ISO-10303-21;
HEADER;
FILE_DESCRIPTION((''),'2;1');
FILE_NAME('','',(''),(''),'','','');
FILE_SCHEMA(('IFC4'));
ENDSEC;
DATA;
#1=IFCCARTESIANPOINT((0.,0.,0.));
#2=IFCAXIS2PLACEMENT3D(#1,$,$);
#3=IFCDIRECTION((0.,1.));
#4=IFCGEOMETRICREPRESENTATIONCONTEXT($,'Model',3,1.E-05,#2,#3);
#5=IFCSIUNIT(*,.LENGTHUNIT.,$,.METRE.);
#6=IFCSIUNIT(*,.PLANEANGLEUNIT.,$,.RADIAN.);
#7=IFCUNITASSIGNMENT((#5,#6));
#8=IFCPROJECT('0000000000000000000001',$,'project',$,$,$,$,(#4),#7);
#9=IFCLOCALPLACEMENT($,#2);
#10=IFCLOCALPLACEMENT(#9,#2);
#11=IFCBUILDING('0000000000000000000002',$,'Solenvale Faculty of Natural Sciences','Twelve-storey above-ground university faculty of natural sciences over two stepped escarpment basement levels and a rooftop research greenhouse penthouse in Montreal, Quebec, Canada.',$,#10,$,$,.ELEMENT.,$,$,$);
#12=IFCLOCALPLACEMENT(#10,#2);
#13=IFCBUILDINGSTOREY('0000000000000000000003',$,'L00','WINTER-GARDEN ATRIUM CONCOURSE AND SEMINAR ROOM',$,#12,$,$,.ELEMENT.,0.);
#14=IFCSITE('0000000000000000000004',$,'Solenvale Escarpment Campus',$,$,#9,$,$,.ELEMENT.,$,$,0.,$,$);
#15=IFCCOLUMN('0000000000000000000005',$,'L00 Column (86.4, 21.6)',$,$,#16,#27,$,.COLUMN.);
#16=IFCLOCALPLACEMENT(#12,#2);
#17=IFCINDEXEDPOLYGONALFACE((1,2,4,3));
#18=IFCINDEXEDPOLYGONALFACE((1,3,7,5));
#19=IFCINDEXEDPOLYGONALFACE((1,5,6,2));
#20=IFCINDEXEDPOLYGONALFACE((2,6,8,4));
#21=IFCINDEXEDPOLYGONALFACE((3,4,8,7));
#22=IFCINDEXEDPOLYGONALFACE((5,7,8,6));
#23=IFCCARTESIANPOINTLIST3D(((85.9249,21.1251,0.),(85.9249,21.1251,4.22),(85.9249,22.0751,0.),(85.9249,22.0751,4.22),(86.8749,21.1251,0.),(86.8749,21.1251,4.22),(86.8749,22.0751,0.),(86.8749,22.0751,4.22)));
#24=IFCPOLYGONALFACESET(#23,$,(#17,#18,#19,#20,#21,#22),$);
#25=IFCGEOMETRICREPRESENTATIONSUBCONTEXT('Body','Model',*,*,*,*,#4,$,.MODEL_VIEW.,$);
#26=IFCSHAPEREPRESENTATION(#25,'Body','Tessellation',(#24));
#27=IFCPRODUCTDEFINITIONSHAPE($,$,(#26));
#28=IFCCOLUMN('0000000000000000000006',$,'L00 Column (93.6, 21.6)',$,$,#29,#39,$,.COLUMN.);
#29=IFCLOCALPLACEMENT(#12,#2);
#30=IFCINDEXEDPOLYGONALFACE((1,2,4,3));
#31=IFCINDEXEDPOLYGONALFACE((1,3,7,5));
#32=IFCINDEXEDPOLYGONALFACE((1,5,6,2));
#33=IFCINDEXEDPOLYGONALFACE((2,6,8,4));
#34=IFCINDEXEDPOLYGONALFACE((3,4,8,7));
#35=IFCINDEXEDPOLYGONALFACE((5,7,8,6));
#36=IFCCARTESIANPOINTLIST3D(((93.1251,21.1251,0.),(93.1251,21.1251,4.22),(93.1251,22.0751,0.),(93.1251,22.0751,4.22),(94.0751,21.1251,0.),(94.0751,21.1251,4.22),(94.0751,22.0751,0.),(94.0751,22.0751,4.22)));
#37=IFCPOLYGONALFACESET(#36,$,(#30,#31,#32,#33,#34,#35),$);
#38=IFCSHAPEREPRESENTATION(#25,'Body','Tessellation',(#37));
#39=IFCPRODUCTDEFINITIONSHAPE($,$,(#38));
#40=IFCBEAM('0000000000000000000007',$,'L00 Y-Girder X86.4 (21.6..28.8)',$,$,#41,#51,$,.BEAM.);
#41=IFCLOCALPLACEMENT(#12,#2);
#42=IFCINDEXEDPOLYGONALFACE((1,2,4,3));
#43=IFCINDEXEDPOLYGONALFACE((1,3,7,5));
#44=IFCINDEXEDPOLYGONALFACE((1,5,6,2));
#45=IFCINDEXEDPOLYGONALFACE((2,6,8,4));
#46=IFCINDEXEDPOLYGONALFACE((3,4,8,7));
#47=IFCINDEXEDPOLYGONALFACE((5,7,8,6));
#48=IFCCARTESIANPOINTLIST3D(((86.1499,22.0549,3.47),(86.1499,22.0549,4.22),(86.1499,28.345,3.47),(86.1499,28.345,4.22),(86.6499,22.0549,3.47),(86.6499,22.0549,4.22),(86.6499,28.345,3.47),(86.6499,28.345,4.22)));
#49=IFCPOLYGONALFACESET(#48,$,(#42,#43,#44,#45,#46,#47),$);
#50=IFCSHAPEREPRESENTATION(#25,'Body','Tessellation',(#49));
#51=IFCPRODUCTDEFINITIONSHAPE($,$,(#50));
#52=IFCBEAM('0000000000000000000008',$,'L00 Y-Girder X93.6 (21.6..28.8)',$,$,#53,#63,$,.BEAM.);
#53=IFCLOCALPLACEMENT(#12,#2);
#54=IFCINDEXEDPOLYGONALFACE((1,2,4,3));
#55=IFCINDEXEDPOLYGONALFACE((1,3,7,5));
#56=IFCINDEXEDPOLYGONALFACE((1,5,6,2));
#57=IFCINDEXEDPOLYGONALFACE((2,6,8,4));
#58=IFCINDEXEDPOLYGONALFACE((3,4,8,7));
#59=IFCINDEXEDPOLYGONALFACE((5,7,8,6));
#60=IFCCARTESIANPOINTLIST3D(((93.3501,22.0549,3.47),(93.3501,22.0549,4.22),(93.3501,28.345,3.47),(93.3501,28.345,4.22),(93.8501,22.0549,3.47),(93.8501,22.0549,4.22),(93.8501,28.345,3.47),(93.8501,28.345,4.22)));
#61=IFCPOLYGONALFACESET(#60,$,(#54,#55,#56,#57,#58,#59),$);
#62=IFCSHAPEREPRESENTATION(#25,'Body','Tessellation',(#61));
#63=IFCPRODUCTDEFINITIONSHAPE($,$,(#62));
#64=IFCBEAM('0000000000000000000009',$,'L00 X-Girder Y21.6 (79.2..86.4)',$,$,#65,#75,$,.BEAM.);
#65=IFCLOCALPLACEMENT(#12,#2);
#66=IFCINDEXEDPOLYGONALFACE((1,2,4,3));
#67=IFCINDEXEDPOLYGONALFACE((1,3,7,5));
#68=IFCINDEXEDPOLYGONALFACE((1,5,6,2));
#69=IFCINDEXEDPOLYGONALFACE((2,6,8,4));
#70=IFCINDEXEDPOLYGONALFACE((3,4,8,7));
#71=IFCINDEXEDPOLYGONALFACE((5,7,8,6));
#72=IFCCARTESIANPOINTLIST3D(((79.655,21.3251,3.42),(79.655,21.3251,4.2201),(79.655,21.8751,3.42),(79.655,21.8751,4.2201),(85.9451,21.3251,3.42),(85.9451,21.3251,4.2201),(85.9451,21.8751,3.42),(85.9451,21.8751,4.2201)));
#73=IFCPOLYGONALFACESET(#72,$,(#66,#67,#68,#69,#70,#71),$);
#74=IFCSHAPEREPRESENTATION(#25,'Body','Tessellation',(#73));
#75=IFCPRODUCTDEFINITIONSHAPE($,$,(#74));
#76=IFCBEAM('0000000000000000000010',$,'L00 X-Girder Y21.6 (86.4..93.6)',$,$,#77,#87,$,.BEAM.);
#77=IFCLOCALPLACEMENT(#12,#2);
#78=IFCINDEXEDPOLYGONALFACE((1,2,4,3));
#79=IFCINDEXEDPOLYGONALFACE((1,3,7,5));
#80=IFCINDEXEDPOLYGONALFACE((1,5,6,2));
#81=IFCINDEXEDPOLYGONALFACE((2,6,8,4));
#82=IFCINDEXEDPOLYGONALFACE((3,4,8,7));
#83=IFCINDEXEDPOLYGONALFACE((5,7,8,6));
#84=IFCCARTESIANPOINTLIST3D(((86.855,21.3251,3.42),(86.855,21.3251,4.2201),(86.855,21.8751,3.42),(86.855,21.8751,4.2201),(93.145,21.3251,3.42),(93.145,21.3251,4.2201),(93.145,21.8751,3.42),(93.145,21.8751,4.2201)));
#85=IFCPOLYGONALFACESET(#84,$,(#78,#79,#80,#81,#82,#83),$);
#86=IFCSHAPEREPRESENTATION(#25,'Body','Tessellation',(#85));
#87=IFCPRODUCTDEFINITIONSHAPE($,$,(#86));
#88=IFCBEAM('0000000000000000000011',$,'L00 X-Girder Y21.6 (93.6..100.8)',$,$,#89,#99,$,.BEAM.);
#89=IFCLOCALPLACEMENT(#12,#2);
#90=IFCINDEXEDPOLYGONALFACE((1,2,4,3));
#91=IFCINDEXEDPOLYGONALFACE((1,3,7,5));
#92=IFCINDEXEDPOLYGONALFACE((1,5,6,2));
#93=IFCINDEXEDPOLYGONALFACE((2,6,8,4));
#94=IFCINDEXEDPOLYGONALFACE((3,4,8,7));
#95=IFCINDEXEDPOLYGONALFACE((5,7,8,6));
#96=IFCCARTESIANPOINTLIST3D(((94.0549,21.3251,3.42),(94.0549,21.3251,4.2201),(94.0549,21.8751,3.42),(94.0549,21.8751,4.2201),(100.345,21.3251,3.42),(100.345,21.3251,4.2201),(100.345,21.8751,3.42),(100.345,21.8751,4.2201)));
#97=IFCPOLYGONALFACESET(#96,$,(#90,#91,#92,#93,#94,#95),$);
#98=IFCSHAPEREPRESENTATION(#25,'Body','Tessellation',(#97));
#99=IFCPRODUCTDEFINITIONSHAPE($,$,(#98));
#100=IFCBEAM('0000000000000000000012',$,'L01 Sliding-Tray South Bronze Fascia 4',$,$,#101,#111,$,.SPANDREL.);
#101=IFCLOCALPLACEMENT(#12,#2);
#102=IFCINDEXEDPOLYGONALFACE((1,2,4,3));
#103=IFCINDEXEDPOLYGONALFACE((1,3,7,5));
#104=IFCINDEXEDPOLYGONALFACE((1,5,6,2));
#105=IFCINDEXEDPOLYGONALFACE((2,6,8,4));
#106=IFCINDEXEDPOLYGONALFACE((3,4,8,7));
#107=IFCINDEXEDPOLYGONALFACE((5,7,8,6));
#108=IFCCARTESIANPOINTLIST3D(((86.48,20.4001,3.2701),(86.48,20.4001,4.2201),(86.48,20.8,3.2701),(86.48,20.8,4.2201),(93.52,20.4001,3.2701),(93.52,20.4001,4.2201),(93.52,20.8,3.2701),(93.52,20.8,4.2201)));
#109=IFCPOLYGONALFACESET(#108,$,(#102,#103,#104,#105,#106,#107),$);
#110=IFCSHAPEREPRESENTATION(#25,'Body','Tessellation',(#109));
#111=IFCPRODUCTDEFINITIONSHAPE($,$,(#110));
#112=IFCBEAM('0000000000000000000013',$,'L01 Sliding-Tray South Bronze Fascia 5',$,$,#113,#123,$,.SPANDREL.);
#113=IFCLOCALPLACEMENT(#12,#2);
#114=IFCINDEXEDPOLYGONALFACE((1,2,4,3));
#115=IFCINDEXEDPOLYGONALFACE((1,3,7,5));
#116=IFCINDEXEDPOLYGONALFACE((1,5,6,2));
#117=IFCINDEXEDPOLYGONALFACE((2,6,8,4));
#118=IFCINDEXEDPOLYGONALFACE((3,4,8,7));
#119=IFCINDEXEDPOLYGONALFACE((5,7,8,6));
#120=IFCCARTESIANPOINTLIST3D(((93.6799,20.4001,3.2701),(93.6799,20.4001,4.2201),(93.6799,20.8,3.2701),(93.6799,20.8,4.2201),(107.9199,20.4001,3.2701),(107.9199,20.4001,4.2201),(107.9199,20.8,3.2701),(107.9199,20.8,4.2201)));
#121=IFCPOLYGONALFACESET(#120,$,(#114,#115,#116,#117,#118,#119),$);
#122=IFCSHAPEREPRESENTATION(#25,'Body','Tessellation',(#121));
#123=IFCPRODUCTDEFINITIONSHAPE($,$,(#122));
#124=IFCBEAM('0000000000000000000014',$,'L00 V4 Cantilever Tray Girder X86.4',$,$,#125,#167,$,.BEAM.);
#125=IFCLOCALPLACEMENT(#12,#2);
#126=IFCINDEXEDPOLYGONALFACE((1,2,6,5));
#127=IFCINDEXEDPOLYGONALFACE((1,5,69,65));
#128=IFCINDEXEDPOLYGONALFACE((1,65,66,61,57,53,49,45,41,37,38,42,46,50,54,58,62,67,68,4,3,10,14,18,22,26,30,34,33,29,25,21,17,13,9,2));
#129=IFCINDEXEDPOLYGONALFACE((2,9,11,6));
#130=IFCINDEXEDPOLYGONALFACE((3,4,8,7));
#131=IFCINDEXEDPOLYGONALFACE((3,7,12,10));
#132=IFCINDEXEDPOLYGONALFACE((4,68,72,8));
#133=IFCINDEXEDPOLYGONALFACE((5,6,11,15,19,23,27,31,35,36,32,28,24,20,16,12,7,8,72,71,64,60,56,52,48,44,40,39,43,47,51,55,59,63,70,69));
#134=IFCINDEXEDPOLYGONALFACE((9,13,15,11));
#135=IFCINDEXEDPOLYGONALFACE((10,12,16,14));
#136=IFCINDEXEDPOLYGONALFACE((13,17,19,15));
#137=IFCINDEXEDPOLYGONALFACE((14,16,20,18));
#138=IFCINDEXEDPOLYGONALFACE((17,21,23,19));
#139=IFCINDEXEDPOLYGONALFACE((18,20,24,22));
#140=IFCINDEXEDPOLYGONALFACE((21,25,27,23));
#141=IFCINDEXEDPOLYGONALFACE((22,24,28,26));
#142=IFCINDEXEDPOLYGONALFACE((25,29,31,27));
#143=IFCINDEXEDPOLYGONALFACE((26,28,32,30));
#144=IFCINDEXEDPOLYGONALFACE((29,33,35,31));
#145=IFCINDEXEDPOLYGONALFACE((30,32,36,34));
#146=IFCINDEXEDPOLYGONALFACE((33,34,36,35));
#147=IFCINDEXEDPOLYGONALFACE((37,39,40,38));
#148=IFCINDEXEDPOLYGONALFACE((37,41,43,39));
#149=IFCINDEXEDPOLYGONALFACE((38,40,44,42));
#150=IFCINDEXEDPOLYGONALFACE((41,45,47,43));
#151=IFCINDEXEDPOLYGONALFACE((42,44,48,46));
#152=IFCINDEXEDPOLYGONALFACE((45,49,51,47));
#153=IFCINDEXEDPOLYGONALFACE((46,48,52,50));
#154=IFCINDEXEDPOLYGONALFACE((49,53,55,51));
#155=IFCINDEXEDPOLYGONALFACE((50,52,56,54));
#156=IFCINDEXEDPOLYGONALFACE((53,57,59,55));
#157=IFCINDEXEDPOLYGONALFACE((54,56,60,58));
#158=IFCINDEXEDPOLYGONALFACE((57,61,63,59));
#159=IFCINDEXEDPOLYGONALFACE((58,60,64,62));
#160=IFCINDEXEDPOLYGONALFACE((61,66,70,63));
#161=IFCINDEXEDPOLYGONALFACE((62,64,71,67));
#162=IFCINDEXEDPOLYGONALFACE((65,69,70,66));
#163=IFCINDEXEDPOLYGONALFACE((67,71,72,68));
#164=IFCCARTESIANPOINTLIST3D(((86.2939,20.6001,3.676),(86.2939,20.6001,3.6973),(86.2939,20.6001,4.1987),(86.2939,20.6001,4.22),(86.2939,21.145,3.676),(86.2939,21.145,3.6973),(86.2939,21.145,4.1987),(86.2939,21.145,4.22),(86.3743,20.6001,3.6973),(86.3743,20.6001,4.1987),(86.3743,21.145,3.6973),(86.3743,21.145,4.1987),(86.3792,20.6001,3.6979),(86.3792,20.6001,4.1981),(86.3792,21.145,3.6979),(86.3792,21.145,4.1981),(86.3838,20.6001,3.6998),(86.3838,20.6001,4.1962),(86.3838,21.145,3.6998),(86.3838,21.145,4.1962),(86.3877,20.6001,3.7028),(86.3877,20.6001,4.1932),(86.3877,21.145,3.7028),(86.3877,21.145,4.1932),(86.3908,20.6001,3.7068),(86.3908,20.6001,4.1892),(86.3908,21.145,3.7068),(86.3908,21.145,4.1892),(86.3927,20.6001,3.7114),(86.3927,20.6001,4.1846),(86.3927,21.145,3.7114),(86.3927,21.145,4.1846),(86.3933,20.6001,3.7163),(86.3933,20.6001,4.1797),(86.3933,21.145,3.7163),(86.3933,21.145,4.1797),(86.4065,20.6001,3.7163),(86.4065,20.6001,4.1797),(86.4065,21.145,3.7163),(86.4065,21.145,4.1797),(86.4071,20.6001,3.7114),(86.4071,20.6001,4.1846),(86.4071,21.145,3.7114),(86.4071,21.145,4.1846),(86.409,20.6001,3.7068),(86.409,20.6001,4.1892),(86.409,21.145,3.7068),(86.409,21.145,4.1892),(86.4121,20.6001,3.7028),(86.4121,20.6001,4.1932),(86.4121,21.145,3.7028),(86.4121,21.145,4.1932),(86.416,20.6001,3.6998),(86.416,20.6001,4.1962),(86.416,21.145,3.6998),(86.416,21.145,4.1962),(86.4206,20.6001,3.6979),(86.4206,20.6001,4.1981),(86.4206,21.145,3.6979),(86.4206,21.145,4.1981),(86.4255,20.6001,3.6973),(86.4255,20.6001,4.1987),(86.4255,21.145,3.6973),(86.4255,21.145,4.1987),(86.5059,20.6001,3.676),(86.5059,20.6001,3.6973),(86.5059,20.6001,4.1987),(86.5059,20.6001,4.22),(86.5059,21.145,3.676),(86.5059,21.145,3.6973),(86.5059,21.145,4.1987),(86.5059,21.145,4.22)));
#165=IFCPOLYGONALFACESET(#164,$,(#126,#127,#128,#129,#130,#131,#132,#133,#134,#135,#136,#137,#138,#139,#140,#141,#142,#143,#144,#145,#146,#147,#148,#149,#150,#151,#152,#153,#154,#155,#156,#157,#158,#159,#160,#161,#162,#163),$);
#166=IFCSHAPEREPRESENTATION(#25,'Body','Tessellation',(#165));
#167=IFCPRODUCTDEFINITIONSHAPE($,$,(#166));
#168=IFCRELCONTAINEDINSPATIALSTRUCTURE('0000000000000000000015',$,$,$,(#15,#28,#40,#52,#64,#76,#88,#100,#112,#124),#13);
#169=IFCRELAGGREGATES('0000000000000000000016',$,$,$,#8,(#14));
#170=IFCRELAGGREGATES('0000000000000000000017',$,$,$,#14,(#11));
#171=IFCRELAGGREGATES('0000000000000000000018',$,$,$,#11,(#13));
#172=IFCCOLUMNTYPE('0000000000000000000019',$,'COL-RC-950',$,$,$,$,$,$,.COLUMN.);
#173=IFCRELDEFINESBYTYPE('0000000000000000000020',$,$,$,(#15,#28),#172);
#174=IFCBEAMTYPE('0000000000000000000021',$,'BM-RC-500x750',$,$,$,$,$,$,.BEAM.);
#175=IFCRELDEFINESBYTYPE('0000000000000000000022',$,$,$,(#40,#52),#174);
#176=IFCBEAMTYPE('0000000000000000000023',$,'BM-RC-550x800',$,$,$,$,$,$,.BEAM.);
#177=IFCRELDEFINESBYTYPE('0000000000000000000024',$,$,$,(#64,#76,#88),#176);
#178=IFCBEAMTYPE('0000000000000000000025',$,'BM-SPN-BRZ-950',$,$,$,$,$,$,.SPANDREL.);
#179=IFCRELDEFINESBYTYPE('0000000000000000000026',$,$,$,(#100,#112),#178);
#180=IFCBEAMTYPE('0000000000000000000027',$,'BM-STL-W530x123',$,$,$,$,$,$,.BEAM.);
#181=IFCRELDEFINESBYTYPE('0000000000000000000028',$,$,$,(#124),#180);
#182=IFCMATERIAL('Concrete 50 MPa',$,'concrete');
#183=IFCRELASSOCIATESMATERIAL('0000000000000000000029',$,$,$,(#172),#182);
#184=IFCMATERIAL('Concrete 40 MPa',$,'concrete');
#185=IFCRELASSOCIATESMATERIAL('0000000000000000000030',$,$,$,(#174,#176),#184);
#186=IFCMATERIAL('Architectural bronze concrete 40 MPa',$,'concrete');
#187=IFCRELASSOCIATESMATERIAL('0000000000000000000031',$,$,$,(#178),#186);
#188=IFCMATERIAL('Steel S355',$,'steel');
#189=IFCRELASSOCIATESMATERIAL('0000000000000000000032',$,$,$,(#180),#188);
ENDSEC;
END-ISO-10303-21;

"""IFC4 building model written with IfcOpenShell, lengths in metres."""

from ifc_helpers import new_model, si_unit, direction, frame, origin, origin_2d, place, context, subcontext, project, spatial, rectangle, i_section, extrude, material, material_profile, profile_set, type_object, element, save


model = new_model("IFC4")

# Units and contexts
model_context = context("Model", 3, precision=1e-05, world=origin(), true_north=direction((0.0, 1.0)))
body_context = subcontext(model_context, "Body", "Model", "MODEL_VIEW")
ifc_project = project(units=[si_unit("LENGTHUNIT", "METRE"), si_unit("PLANEANGLEUNIT", "RADIAN")], contexts=[model_context])

# Site, building, storey
site_placement = place(None, origin())
site = spatial("IfcSite", under=ifc_project, at=site_placement, Name="Solenvale Escarpment Campus", CompositionType="ELEMENT", RefElevation=0.0)
building_placement = place(site_placement, origin())
building = spatial("IfcBuilding", under=site, at=building_placement, Name="Solenvale Faculty of Natural Sciences", Description="Twelve-storey above-ground university faculty of natural sciences over two stepped escarpment basement levels and a rooftop research greenhouse penthouse in Montreal, Quebec, Canada.", CompositionType="ELEMENT")
storey_placement = place(building_placement, origin())
storey = spatial("IfcBuildingStorey", under=building, at=storey_placement, Name="L00", Description="WINTER-GARDEN ATRIUM CONCOURSE AND SEMINAR ROOM", CompositionType="ELEMENT", Elevation=0.0)

# Columns
ifc_material_1 = material(Name="Concrete 50 MPa", Category="concrete")
ifc_material_profile_1 = material_profile(ifc_material_1, rectangle(XDim=0.95, YDim=0.95, at=origin_2d()), Name="RC-COL-950x950")
ifc_profile_set_1 = profile_set([ifc_material_profile_1], Name="Concrete 50 MPa")
column_type = type_object("IfcColumnType", Name="COL-RC-950", PredefinedType="COLUMN", material=ifc_profile_set_1)
for number, where, z_axis, x_axis, name in (
    (1, (86.3999, 21.6001, 0.0), (0.0, 0.0, 1.0), (1.0, 0.0, 0.0), "L00 Column (86.4, 21.6)"),
    (2, (93.6001, 21.6001, 0.0), (0.0, 0.0, 1.0), (1.0, 0.0, 0.0), "L00 Column (93.6, 21.6)"),
):
    element("IfcColumn", number, at=place(storey_placement, frame(where, z_axis=z_axis, x_axis=x_axis)), inside=storey, type_object=column_type, Name=name, PredefinedType="COLUMN", context=body_context, shape_type="SweptSolid", body=[
        extrude(rectangle(XDim=0.95, YDim=0.95, at=origin_2d()), origin(), (0.0, 0.0, 1.0), 4.22),
    ])

# Beams
ifc_material_2 = material(Name="Concrete 40 MPa", Category="concrete")
ifc_material_profile_2 = material_profile(ifc_material_2, rectangle(XDim=0.5, YDim=0.75, at=origin_2d()), Name="RC-BM-500x750")
ifc_profile_set_2 = profile_set([ifc_material_profile_2], Name="Concrete 40 MPa")
beam_type_1 = type_object("IfcBeamType", Name="BM-RC-500x750", PredefinedType="BEAM", material=ifc_profile_set_2)
for number, where, z_axis, x_axis, name in (
    (3, (86.3999, 22.0549, 3.845), (0.0, 1.0, 0.0), (-1.0, 0.0, 0.0), "L00 Y-Girder X86.4 (21.6..28.8)"),
    (4, (93.6001, 22.0549, 3.845), (0.0, 1.0, 0.0), (-1.0, 0.0, 0.0), "L00 Y-Girder X93.6 (21.6..28.8)"),
):
    element("IfcBeam", number, at=place(storey_placement, frame(where, z_axis=z_axis, x_axis=x_axis)), inside=storey, type_object=beam_type_1, Name=name, PredefinedType="BEAM", context=body_context, shape_type="SweptSolid", body=[
        extrude(rectangle(XDim=0.5, YDim=0.75, at=origin_2d()), origin(), (0.0, 0.0, 1.0), 6.29),
    ])
ifc_material_profile_3 = material_profile(ifc_material_2, rectangle(XDim=0.55, YDim=0.8, at=origin_2d()), Name="RC-BM-550x800")
ifc_profile_set_3 = profile_set([ifc_material_profile_3], Name="Concrete 40 MPa")
beam_type_2 = type_object("IfcBeamType", Name="BM-RC-550x800", PredefinedType="BEAM", material=ifc_profile_set_3)
for number, where, z_axis, x_axis, name in (
    (5, (79.655, 21.6001, 3.8201), (1.0, 0.0, 0.0), (0.0, 1.0, 0.0), "L00 X-Girder Y21.6 (79.2..86.4)"),
    (6, (86.855, 21.6001, 3.8201), (1.0, 0.0, 0.0), (0.0, 1.0, 0.0), "L00 X-Girder Y21.6 (86.4..93.6)"),
    (7, (94.0549, 21.6001, 3.8201), (1.0, 0.0, 0.0), (0.0, 1.0, 0.0), "L00 X-Girder Y21.6 (93.6..100.8)"),
):
    element("IfcBeam", number, at=place(storey_placement, frame(where, z_axis=z_axis, x_axis=x_axis)), inside=storey, type_object=beam_type_2, Name=name, PredefinedType="BEAM", context=body_context, shape_type="SweptSolid", body=[
        extrude(rectangle(XDim=0.55, YDim=0.8, at=origin_2d()), origin(), (0.0, 0.0, 1.0), 6.29),
    ])
ifc_material_3 = material(Name="Architectural bronze concrete 40 MPa", Category="concrete")
ifc_material_profile_4 = material_profile(ifc_material_3, rectangle(XDim=0.3999, YDim=0.95, at=origin_2d()), Name="RC-SPN-400x950")
ifc_profile_set_4 = profile_set([ifc_material_profile_4], Name="Architectural bronze concrete 40 MPa")
beam_type_3 = type_object("IfcBeamType", Name="BM-SPN-BRZ-950", PredefinedType="SPANDREL", material=ifc_profile_set_4)
beam_1_placement = place(storey_placement, frame((86.48, 20.6001, 3.7451), z_axis=(1.0, 0.0, 0.0), x_axis=(0.0, 1.0, 0.0)))
element("IfcBeam", 8, at=beam_1_placement, inside=storey, type_object=beam_type_3, Name="L01 Sliding-Tray South Bronze Fascia 4", PredefinedType="SPANDREL", context=body_context, shape_type="SweptSolid", body=[
    extrude(rectangle(XDim=0.3999, YDim=0.95, at=origin_2d()), origin(), (0.0, 0.0, 1.0), 7.04),
])
beam_2_placement = place(storey_placement, frame((93.6799, 20.6001, 3.7451), z_axis=(1.0, 0.0, 0.0), x_axis=(0.0, 1.0, 0.0)))
element("IfcBeam", 9, at=beam_2_placement, inside=storey, type_object=beam_type_3, Name="L01 Sliding-Tray South Bronze Fascia 5", PredefinedType="SPANDREL", context=body_context, shape_type="SweptSolid", body=[
    extrude(rectangle(XDim=0.3999, YDim=0.95, at=origin_2d()), origin(), (0.0, 0.0, 1.0), 14.24),
])
ifc_material_4 = material(Name="Steel S355", Category="steel")
ifc_material_profile_5 = material_profile(ifc_material_4, i_section(OverallWidth=0.2119, OverallDepth=0.5439, WebThickness=0.0132, FlangeThickness=0.0212, FilletRadius=0.019, at=origin_2d()), Name="W530x123")
ifc_profile_set_5 = profile_set([ifc_material_profile_5], Name="Steel S355")
beam_type_4 = type_object("IfcBeamType", Name="BM-STL-W530x123", PredefinedType="BEAM", material=ifc_profile_set_5)
for number, where, z_axis, x_axis, name in (
    (10, (86.3999, 21.145, 3.948), (0.0, -1.0, 0.0), (1.0, 0.0, 0.0), "L00 V4 Cantilever Tray Girder X86.4"),
):
    element("IfcBeam", number, at=place(storey_placement, frame(where, z_axis=z_axis, x_axis=x_axis)), inside=storey, type_object=beam_type_4, Name=name, PredefinedType="BEAM", context=body_context, shape_type="SweptSolid", body=[
        extrude(i_section(OverallWidth=0.2119, OverallDepth=0.5439, WebThickness=0.0132, FlangeThickness=0.0212, FilletRadius=0.019, at=origin_2d()), origin(), (0.0, 0.0, 1.0), 0.5449),
    ])

save(model, "model.ifc")
